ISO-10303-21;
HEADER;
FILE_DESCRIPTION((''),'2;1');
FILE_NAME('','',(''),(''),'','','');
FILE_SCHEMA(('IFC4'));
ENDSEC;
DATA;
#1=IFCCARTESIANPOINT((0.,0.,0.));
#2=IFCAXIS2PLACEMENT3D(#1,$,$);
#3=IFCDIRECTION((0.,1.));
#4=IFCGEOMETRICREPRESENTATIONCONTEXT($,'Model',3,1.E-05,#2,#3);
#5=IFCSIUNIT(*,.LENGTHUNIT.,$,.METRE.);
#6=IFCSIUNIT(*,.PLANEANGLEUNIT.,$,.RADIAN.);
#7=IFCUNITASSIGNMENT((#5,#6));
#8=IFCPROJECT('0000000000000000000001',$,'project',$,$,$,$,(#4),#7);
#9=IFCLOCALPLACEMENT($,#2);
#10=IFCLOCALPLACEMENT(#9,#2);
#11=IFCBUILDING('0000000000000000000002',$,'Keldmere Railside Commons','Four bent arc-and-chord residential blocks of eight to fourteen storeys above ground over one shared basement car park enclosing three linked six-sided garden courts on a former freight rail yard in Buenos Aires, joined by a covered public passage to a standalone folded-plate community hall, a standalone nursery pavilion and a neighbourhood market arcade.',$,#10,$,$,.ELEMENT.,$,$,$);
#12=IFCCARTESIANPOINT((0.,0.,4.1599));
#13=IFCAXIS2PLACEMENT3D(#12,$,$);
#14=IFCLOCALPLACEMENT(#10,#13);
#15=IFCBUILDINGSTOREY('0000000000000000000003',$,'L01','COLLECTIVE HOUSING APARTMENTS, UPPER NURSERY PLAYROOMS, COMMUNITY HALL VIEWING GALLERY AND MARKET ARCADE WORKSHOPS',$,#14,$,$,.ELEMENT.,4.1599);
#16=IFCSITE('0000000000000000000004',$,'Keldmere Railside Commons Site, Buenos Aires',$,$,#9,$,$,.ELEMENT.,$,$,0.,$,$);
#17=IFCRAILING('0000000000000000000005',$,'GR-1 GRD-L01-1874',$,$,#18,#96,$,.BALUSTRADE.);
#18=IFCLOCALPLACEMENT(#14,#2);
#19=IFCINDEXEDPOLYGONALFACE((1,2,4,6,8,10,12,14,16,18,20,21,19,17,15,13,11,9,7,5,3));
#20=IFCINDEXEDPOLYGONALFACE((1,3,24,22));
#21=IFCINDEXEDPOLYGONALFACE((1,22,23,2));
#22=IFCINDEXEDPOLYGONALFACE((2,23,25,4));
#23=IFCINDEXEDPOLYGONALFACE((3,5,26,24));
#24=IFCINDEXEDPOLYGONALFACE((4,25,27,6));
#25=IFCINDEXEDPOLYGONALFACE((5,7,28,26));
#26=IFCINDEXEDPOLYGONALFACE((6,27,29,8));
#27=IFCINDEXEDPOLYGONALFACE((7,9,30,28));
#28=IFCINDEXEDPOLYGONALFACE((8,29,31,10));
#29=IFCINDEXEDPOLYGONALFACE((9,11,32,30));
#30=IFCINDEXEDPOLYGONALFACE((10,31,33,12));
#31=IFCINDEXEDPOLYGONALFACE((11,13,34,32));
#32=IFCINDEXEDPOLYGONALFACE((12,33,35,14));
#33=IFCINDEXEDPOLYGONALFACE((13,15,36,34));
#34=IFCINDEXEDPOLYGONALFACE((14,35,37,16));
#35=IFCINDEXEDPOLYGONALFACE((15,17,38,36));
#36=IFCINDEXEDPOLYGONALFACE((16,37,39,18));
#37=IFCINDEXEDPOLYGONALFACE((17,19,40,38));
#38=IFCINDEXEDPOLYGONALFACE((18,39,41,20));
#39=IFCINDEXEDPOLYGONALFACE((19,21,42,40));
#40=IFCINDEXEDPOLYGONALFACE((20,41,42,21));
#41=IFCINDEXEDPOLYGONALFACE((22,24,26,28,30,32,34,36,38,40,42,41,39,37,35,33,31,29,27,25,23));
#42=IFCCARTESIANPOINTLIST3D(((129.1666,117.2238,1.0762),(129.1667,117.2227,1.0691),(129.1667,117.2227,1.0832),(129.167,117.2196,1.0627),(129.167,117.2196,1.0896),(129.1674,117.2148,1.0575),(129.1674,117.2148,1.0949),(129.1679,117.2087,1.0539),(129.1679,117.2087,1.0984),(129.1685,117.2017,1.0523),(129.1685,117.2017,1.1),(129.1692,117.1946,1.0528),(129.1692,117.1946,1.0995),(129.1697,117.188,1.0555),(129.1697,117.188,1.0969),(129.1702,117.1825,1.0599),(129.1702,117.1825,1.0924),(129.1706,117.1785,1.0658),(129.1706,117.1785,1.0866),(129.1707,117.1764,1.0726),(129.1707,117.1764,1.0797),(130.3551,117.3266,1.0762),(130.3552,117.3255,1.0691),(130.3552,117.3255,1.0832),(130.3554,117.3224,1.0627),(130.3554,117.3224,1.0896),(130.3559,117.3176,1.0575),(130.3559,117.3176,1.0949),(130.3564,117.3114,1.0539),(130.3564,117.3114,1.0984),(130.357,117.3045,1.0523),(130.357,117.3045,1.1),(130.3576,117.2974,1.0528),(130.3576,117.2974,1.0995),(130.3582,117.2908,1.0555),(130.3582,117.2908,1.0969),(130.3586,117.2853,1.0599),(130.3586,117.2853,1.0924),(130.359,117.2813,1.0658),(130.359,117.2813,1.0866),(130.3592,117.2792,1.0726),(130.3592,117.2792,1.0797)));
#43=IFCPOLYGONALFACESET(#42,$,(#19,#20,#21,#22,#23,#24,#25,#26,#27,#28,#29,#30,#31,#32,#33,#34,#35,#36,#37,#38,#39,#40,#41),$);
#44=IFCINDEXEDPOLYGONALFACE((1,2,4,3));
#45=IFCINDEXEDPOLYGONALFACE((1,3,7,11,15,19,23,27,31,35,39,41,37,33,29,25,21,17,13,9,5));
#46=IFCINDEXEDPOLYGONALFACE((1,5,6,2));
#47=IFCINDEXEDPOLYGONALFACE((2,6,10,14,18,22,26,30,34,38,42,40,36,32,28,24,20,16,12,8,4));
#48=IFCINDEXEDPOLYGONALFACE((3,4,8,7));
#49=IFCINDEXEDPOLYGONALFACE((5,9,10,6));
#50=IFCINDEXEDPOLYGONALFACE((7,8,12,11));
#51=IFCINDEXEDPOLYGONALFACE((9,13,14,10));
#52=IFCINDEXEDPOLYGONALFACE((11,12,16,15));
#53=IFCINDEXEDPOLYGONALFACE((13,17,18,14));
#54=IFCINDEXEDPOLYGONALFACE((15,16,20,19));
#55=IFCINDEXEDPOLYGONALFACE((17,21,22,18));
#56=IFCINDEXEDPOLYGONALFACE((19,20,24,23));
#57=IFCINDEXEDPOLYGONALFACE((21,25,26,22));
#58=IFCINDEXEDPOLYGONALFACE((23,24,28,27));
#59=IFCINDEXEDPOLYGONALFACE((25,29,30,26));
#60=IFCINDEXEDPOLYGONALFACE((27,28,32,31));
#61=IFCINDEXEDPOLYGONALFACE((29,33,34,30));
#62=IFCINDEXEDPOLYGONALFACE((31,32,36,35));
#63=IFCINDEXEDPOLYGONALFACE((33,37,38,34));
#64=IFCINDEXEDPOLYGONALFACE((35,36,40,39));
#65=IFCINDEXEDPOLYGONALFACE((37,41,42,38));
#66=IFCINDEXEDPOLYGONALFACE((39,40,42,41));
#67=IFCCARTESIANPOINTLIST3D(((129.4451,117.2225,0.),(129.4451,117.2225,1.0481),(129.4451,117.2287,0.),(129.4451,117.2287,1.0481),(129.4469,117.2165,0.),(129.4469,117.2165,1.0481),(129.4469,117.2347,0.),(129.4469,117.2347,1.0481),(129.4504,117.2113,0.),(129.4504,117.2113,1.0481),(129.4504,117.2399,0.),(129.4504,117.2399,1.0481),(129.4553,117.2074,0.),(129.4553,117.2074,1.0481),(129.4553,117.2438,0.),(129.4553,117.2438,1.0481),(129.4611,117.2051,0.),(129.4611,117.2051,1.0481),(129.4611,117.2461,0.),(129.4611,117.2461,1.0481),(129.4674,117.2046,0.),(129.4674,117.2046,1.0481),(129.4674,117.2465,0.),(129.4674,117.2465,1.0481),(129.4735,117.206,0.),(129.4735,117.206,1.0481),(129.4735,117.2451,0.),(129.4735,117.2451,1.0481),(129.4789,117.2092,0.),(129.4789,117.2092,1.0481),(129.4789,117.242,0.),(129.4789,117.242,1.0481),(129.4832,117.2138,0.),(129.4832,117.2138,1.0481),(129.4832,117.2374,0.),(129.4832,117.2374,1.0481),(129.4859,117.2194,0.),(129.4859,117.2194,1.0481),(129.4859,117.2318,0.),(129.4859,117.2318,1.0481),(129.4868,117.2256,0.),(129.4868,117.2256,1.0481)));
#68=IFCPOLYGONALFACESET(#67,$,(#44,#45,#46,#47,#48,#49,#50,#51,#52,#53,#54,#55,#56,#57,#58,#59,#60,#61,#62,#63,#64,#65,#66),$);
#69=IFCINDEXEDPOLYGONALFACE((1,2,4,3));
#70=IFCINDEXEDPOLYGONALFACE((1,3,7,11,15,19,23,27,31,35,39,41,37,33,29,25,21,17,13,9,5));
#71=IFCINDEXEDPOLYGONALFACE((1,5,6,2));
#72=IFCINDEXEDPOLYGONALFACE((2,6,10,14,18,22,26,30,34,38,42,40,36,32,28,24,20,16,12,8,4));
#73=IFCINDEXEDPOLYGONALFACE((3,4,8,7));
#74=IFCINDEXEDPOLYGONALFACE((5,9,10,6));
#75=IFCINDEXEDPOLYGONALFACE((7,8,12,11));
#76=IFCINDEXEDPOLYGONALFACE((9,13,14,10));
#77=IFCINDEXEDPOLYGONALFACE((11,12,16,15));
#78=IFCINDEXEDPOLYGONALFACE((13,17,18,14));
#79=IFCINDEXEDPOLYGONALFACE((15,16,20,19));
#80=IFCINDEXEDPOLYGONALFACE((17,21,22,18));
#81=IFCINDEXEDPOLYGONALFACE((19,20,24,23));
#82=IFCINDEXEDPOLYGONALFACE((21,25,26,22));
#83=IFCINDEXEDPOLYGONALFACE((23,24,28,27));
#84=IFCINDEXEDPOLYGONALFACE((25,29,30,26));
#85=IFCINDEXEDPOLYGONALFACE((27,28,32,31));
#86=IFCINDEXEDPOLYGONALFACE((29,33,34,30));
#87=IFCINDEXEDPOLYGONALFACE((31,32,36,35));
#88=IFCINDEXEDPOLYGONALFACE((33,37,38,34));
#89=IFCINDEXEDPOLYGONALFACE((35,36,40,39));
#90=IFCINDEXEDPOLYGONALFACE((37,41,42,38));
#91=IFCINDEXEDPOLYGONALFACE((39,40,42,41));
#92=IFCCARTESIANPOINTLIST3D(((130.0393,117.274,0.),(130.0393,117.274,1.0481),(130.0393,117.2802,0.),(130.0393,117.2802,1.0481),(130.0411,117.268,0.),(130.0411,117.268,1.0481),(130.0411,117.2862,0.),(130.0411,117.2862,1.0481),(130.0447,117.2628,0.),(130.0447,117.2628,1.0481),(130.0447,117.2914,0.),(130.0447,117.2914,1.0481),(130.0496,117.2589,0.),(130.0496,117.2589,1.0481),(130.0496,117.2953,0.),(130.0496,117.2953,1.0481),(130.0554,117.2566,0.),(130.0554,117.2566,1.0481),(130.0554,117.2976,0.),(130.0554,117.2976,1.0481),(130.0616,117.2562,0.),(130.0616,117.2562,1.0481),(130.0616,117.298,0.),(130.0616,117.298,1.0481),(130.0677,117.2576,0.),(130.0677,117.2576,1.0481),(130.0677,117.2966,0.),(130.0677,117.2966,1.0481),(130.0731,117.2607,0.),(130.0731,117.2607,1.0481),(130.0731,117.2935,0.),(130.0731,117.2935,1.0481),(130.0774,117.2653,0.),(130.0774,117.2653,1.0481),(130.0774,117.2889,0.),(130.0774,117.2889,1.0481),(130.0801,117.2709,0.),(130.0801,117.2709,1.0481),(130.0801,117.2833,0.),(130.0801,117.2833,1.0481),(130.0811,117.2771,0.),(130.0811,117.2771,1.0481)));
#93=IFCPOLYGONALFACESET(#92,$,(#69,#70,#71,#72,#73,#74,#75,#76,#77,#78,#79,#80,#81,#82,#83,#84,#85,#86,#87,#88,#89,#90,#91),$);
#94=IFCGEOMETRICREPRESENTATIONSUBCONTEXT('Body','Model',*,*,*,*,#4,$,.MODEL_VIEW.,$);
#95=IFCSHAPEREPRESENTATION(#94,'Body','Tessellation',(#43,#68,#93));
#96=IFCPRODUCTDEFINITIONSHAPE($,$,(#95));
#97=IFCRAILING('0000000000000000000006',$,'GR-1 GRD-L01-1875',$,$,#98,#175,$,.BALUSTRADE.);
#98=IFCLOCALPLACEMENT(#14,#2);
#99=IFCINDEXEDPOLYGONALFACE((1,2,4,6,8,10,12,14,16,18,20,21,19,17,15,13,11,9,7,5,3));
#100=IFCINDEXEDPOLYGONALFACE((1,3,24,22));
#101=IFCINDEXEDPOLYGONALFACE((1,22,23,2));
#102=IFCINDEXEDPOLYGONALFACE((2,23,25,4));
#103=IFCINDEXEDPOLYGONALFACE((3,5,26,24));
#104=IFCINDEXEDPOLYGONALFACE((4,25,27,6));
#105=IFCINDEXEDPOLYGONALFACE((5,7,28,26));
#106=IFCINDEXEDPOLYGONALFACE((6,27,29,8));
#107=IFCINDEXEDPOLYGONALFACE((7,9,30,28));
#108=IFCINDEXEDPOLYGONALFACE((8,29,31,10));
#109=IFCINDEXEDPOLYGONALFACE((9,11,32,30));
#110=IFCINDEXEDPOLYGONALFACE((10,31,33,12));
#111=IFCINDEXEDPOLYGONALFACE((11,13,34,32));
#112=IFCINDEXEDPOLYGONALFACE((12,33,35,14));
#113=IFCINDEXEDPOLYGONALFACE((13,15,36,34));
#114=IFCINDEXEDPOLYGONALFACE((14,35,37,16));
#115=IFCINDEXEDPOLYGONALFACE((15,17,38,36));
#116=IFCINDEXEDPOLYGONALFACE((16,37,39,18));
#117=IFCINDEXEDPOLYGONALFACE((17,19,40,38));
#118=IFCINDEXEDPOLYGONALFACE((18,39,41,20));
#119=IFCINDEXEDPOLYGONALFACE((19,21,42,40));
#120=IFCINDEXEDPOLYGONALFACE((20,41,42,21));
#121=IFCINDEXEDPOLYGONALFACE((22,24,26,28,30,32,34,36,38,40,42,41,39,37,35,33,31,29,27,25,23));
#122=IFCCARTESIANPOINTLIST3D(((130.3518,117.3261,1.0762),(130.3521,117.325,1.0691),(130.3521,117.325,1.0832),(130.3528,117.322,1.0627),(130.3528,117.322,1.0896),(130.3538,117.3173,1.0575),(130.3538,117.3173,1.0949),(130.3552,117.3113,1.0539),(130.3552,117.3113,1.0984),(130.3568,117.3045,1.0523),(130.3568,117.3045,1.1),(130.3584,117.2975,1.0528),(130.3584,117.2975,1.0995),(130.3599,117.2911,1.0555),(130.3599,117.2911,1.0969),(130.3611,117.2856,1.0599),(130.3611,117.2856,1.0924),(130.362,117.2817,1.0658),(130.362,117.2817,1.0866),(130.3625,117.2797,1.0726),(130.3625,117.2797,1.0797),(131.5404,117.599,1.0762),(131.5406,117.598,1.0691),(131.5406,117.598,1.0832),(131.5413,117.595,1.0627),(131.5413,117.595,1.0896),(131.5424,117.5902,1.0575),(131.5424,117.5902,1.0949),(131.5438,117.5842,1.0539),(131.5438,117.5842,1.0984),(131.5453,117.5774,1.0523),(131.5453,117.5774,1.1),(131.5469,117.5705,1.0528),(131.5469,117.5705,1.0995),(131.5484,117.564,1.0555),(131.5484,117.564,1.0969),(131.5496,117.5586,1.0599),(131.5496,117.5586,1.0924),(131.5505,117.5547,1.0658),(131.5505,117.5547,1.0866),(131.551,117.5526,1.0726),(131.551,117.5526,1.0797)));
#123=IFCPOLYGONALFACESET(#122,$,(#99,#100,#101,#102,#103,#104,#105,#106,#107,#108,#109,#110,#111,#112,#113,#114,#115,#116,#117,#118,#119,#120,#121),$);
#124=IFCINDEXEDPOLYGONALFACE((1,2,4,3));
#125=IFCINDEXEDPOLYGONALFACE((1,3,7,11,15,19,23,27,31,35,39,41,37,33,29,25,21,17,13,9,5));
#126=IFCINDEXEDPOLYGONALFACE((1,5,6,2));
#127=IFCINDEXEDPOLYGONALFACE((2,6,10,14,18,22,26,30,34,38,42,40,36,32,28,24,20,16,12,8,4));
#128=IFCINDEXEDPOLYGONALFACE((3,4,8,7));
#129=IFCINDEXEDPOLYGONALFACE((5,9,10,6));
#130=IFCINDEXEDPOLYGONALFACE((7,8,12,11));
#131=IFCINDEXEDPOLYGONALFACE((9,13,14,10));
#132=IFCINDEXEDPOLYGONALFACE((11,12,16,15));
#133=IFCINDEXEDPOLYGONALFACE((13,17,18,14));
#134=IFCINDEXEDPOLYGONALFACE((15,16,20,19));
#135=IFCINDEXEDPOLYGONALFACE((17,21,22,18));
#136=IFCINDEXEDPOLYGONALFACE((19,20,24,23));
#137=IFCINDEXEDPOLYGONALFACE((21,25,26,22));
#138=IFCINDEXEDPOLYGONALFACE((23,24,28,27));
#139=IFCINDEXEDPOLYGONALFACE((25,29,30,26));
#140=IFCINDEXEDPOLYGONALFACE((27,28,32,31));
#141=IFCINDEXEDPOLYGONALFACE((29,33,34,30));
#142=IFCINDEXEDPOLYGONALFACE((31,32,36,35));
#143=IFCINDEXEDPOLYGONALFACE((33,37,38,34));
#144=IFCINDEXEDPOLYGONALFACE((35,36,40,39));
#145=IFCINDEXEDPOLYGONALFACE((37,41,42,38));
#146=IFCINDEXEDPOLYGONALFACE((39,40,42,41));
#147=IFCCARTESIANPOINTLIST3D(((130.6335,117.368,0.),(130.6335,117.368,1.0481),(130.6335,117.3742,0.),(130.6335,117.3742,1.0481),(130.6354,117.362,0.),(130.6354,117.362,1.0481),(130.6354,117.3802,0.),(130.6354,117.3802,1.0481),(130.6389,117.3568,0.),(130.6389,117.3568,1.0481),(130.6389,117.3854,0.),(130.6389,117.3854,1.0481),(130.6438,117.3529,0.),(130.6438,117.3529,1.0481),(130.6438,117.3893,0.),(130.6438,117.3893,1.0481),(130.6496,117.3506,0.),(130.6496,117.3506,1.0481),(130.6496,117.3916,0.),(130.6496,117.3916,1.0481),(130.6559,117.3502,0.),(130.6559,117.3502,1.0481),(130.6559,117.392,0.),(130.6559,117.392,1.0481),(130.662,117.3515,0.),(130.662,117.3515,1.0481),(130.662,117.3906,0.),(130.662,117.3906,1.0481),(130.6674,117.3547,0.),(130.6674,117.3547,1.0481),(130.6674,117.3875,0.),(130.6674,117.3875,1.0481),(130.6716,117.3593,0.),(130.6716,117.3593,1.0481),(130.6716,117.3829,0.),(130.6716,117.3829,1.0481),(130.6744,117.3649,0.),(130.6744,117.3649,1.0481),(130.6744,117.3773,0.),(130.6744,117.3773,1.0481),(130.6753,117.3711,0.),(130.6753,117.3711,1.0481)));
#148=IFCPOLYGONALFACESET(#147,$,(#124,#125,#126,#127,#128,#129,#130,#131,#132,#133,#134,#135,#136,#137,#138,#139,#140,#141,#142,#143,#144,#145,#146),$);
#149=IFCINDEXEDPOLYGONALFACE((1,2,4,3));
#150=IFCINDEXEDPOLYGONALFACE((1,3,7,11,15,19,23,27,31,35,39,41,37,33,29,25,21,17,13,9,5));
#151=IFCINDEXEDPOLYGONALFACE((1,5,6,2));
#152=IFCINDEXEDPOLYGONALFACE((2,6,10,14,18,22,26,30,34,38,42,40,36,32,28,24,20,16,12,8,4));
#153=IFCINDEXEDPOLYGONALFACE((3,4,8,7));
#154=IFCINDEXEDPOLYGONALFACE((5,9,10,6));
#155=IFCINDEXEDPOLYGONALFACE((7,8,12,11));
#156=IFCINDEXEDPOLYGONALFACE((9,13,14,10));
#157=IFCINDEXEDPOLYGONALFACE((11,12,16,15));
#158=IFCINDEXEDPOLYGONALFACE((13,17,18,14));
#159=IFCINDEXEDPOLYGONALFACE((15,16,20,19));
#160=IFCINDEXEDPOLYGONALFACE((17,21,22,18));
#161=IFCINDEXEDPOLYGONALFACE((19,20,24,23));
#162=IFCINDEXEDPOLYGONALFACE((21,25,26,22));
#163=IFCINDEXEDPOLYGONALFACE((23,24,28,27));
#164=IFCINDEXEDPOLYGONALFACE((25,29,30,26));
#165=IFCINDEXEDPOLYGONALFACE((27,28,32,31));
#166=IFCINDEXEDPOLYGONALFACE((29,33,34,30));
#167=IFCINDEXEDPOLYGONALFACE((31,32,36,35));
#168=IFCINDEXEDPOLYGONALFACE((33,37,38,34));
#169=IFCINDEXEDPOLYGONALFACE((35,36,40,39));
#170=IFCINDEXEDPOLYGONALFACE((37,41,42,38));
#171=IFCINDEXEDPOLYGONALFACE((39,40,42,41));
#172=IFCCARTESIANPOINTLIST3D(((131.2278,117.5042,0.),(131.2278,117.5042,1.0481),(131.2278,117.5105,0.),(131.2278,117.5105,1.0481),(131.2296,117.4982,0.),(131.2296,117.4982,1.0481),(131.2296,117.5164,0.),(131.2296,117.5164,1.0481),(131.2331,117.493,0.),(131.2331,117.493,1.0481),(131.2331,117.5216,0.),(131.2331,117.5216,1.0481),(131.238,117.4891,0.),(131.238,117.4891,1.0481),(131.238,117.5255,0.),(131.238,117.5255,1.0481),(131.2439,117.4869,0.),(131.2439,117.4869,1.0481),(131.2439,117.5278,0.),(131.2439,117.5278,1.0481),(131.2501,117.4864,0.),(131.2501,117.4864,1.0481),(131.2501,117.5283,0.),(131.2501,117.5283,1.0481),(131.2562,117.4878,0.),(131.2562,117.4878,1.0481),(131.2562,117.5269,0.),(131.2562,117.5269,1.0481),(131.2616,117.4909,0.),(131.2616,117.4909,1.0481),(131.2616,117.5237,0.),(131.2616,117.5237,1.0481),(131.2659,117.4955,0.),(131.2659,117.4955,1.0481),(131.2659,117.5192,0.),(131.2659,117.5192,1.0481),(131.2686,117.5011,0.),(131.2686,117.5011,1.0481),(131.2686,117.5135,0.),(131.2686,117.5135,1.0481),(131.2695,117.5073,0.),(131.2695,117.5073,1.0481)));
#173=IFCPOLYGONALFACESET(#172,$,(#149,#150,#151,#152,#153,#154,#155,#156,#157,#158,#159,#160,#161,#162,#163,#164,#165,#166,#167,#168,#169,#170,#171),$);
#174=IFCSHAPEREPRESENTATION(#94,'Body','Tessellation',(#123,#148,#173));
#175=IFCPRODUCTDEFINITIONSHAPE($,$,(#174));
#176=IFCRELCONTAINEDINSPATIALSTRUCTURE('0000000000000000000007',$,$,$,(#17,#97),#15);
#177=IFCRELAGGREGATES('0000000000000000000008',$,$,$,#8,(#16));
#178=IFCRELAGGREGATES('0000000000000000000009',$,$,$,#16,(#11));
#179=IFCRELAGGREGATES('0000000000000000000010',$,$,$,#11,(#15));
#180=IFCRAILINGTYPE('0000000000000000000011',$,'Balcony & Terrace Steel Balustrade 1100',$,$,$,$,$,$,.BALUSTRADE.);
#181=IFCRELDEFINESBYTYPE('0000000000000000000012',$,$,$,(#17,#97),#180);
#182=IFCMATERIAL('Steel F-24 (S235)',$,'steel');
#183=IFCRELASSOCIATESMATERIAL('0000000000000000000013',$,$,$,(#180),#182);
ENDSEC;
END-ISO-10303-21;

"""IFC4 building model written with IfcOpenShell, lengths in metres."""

from ifc_helpers import new_model, si_unit, direction, frame, origin, origin_2d, place, context, subcontext, project, spatial, circle, extrude, material, type_object, element, save


model = new_model("IFC4")

# Units and contexts
model_context = context("Model", 3, precision=1e-05, world=origin(), true_north=direction((0.0, 1.0)))
body_context = subcontext(model_context, "Body", "Model", "MODEL_VIEW")
ifc_project = project(units=[si_unit("LENGTHUNIT", "METRE"), si_unit("PLANEANGLEUNIT", "RADIAN")], contexts=[model_context])

# Site, building, storey
site_placement = place(None, origin())
site = spatial("IfcSite", under=ifc_project, at=site_placement, Name="Keldmere Railside Commons Site, Buenos Aires", CompositionType="ELEMENT", RefElevation=0.0)
building_placement = place(site_placement, origin())
building = spatial("IfcBuilding", under=site, at=building_placement, Name="Keldmere Railside Commons", Description="Four bent arc-and-chord residential blocks of eight to fourteen storeys above ground over one shared basement car park enclosing three linked six-sided garden courts on a former freight rail yard in Buenos Aires, joined by a covered public passage to a standalone folded-plate community hall, a standalone nursery pavilion and a neighbourhood market arcade.", CompositionType="ELEMENT")
storey_placement = place(building_placement, frame((0.0, 0.0, 4.1599)))
storey = spatial("IfcBuildingStorey", under=building, at=storey_placement, Name="L01", Description="COLLECTIVE HOUSING APARTMENTS, UPPER NURSERY PLAYROOMS, COMMUNITY HALL VIEWING GALLERY AND MARKET ARCADE WORKSHOPS", CompositionType="ELEMENT", Elevation=4.1599)

# Railings
ifc_material_1 = material(Name="Steel F-24 (S235)", Category="steel")
railing_type = type_object("IfcRailingType", Name="Balcony & Terrace Steel Balustrade 1100", PredefinedType="BALUSTRADE", material=ifc_material_1)
railing_1_placement = place(storey_placement, frame((129.1687, 117.2, 0.0)))
element("IfcRailing", 1, at=railing_1_placement, inside=storey, type_object=railing_type, Name="GR-1 GRD-L01-1874", PredefinedType="BALUSTRADE", context=body_context, shape_type="SweptSolid", body=[
    extrude(circle(Radius=0.0239, at=origin_2d()), frame((0.0, 0.0, 1.0762), z_axis=(0.996281, 0.086162, 0.0), x_axis=(-0.086162, 0.996281, 0.0)), (0.0, 0.0, 1.0), 1.1929),
    extrude(circle(Radius=0.021, at=origin_2d()), frame((0.2971, 0.0256, 0.0)), (0.0, 0.0, 1.0), 1.0481),
    extrude(circle(Radius=0.021, at=origin_2d()), frame((0.8914, 0.0771, 0.0)), (0.0, 0.0, 1.0), 1.0481),
])
railing_2_placement = place(storey_placement, frame((130.3572, 117.3027, 0.0)))
element("IfcRailing", 2, at=railing_2_placement, inside=storey, type_object=railing_type, Name="GR-1 GRD-L01-1875", PredefinedType="BALUSTRADE", context=body_context, shape_type="SweptSolid", body=[
    extrude(circle(Radius=0.0239, at=origin_2d()), frame((0.0, 0.0, 1.0762), z_axis=(0.974627, 0.223836, 0.0), x_axis=(-0.223836, 0.974627, 0.0)), (0.0, 0.0, 1.0), 1.2195),
    extrude(circle(Radius=0.021, at=origin_2d()), frame((0.2971, 0.0684, 0.0)), (0.0, 0.0, 1.0), 1.0481),
    extrude(circle(Radius=0.021, at=origin_2d()), frame((0.8914, 0.2046, 0.0)), (0.0, 0.0, 1.0), 1.0481),
])

save(model, "model.ifc")
